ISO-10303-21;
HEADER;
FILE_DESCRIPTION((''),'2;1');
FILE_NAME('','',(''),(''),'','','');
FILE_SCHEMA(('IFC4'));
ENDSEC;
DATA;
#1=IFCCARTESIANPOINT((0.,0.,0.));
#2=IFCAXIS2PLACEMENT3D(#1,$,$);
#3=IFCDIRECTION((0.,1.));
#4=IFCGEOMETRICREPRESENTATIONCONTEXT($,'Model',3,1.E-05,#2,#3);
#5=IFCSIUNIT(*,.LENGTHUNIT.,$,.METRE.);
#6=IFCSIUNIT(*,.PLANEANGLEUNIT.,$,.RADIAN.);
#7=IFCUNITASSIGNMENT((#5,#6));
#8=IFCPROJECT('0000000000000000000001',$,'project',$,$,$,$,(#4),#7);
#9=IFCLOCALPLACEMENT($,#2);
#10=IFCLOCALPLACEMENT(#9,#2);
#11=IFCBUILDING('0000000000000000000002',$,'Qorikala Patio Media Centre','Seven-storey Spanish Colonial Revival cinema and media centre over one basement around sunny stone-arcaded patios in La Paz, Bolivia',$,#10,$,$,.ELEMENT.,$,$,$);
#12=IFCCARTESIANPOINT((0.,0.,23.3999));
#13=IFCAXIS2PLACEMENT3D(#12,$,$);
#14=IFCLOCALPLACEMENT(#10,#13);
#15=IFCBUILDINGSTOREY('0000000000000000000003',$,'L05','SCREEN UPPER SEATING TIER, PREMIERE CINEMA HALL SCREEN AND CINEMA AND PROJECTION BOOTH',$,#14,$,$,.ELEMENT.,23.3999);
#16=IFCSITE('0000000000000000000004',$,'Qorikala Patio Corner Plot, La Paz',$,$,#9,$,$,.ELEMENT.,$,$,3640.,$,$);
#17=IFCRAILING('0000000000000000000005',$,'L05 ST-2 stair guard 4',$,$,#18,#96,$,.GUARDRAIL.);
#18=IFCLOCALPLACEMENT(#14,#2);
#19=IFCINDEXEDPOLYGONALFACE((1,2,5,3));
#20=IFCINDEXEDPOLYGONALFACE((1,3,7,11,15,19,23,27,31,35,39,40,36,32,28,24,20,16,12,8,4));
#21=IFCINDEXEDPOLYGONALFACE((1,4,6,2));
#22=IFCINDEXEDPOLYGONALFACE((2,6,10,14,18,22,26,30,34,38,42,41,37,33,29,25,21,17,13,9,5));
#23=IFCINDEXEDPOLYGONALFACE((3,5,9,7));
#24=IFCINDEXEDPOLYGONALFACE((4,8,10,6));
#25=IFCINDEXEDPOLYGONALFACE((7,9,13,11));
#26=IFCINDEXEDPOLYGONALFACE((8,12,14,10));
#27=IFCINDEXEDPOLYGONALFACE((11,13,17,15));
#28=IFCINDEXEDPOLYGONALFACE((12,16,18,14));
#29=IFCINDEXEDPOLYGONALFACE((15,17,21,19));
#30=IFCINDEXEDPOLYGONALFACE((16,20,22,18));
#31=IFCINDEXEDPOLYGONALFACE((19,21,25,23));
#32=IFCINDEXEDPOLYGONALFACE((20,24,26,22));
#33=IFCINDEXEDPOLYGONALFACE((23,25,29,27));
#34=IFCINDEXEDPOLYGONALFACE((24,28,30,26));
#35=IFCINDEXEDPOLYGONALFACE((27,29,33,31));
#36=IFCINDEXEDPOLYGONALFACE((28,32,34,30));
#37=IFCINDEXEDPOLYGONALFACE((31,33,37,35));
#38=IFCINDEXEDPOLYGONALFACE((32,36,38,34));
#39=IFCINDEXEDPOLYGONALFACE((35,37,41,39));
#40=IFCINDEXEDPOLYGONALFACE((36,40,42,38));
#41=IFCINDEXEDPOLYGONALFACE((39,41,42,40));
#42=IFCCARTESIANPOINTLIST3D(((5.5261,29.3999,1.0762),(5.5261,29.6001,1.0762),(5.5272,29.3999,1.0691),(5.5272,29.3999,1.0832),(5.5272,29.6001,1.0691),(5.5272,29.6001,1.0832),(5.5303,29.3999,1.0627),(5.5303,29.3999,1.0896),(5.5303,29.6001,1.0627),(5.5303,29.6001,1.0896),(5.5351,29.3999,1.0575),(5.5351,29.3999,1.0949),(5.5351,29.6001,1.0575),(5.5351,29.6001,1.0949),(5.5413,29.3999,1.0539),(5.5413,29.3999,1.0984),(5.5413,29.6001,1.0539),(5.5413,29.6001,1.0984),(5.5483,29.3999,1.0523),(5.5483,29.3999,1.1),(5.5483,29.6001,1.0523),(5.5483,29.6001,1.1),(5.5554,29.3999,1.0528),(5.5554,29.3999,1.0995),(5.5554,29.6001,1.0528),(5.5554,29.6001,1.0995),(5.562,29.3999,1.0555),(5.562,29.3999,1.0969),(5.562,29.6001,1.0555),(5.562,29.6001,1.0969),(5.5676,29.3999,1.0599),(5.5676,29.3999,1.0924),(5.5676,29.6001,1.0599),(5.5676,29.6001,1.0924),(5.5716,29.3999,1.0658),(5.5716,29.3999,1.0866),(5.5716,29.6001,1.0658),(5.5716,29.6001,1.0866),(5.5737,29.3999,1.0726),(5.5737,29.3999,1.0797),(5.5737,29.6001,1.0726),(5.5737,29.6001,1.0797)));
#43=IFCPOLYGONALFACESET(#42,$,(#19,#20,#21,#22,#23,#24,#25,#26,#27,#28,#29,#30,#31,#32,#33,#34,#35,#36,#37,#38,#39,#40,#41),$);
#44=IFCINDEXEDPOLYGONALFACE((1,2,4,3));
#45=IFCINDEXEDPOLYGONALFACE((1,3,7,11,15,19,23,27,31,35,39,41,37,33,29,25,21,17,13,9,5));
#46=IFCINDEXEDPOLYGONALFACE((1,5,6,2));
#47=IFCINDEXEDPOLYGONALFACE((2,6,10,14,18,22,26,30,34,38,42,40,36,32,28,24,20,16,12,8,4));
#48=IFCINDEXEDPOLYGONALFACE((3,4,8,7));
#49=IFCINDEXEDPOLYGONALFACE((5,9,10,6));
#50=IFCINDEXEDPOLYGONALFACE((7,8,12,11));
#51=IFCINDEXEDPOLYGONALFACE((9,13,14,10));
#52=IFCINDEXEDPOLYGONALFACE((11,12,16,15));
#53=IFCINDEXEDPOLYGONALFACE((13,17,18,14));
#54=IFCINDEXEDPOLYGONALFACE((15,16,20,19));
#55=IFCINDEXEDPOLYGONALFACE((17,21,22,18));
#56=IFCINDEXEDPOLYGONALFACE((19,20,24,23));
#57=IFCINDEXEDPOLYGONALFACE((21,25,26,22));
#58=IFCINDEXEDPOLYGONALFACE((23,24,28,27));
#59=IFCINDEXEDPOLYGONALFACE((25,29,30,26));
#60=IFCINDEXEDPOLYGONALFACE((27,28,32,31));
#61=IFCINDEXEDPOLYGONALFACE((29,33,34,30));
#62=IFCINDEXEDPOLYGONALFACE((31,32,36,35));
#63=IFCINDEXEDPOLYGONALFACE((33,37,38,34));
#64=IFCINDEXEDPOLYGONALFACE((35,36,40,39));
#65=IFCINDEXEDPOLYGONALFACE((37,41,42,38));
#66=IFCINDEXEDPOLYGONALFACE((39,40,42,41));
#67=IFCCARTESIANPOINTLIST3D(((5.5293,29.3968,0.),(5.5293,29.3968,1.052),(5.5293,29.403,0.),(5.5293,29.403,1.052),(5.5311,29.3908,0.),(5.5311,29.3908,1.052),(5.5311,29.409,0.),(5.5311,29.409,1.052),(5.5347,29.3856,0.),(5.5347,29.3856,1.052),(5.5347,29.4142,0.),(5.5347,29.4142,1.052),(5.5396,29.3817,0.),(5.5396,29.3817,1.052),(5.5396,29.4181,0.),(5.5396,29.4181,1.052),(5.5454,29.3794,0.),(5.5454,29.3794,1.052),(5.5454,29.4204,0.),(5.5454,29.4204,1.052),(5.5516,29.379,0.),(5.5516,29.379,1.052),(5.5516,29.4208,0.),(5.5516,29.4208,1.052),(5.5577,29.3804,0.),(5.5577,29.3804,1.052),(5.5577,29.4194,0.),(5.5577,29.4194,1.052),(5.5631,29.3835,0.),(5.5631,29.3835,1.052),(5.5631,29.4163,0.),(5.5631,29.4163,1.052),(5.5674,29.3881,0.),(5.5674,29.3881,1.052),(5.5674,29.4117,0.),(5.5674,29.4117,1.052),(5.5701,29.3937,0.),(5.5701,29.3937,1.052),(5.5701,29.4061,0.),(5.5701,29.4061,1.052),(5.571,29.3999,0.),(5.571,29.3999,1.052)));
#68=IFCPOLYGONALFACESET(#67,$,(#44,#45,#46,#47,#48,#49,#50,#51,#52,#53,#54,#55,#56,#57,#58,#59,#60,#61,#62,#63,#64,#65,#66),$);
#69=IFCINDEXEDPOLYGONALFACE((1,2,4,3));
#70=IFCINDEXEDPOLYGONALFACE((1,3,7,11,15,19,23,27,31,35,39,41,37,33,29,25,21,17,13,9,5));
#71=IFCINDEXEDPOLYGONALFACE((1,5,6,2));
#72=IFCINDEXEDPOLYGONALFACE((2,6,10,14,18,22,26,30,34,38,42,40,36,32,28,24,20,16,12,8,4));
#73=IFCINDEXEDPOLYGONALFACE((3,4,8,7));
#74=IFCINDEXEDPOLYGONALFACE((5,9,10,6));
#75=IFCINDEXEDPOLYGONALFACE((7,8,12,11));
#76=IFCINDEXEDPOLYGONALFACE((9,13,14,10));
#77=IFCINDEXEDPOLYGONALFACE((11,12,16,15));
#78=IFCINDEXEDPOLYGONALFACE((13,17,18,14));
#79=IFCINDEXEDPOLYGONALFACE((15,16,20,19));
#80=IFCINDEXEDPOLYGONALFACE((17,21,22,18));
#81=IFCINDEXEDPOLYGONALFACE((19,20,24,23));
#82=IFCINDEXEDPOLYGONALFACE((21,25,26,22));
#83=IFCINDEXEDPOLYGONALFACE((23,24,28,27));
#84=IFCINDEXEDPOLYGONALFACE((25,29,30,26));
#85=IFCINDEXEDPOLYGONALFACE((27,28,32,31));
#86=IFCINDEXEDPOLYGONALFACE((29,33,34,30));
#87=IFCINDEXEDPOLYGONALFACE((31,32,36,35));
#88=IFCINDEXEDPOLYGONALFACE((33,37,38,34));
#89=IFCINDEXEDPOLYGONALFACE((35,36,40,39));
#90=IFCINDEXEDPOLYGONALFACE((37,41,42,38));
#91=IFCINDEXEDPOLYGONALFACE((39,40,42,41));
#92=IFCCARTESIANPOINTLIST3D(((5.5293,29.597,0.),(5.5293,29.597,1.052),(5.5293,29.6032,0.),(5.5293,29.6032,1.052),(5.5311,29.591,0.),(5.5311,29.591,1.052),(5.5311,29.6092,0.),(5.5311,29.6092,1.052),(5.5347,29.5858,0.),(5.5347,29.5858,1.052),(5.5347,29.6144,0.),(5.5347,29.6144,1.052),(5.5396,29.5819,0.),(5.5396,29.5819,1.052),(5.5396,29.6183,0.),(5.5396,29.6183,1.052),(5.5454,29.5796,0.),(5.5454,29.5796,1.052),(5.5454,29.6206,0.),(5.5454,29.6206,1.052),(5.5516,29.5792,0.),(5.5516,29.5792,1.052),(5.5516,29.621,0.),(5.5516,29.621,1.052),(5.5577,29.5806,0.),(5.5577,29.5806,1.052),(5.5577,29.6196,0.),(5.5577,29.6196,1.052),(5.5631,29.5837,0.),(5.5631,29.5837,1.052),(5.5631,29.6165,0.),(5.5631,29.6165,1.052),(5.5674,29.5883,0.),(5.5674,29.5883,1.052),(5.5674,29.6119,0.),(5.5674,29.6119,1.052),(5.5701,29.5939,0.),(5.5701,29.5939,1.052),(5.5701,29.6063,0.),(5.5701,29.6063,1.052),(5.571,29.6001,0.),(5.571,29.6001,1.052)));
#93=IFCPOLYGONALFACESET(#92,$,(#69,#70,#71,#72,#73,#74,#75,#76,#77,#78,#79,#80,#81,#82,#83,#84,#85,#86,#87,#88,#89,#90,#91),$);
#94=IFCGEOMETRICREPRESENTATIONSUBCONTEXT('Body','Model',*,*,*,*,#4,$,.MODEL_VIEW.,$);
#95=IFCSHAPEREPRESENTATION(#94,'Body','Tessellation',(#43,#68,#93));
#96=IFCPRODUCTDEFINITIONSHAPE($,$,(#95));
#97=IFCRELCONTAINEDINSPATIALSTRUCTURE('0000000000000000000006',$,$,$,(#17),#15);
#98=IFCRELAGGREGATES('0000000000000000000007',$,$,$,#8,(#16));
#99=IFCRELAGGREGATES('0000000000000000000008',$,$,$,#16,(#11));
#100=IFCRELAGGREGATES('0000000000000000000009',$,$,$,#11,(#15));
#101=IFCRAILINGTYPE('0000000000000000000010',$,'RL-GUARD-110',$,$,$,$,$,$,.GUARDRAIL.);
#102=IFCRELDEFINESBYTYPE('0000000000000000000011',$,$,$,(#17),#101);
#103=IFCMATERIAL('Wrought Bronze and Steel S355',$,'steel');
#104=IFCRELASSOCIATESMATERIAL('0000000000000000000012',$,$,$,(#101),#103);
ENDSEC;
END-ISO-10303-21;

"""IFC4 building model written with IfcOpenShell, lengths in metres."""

from ifc_helpers import new_model, si_unit, direction, frame, origin, origin_2d, place, context, subcontext, project, spatial, circle, extrude, material, type_object, element, save


model = new_model("IFC4")

# Units and contexts
model_context = context("Model", 3, precision=1e-05, world=origin(), true_north=direction((0.0, 1.0)))
body_context = subcontext(model_context, "Body", "Model", "MODEL_VIEW")
ifc_project = project(units=[si_unit("LENGTHUNIT", "METRE"), si_unit("PLANEANGLEUNIT", "RADIAN")], contexts=[model_context])

# Site, building, storey
site_placement = place(None, origin())
site = spatial("IfcSite", under=ifc_project, at=site_placement, Name="Qorikala Patio Corner Plot, La Paz", CompositionType="ELEMENT", RefElevation=3640.0)
building_placement = place(site_placement, origin())
building = spatial("IfcBuilding", under=site, at=building_placement, Name="Qorikala Patio Media Centre", Description="Seven-storey Spanish Colonial Revival cinema and media centre over one basement around sunny stone-arcaded patios in La Paz, Bolivia", CompositionType="ELEMENT")
storey_placement = place(building_placement, frame((0.0, 0.0, 23.3999)))
storey = spatial("IfcBuildingStorey", under=building, at=storey_placement, Name="L05", Description="SCREEN UPPER SEATING TIER, PREMIERE CINEMA HALL SCREEN AND CINEMA AND PROJECTION BOOTH", CompositionType="ELEMENT", Elevation=23.3999)

# Railing
ifc_material_1 = material(Name="Wrought Bronze and Steel S355", Category="steel")
railing_type_1 = type_object("IfcRailingType", Name="RL-GUARD-110", PredefinedType="GUARDRAIL", material=ifc_material_1)
railing_1_placement = place(storey_placement, frame((5.55, 29.3999, 0.0)))
element("IfcRailing", 1, at=railing_1_placement, inside=storey, type_object=railing_type_1, Name="L05 ST-2 stair guard 4", PredefinedType="GUARDRAIL", context=body_context, shape_type="SweptSolid", body=[
    extrude(circle(Radius=0.0239, at=origin_2d()), frame((0.0, 0.0, 1.0762), z_axis=(0.0, 1.0, 0.0), x_axis=(-1.0, 0.0, 0.0)), (0.0, 0.0, 1.0), 0.2002),
    extrude(circle(Radius=0.021, at=origin_2d()), origin(), (0.0, 0.0, 1.0), 1.052),
    extrude(circle(Radius=0.021, at=origin_2d()), frame((0.0, 0.2002, 0.0)), (0.0, 0.0, 1.0), 1.052),
])

save(model, "model.ifc")
